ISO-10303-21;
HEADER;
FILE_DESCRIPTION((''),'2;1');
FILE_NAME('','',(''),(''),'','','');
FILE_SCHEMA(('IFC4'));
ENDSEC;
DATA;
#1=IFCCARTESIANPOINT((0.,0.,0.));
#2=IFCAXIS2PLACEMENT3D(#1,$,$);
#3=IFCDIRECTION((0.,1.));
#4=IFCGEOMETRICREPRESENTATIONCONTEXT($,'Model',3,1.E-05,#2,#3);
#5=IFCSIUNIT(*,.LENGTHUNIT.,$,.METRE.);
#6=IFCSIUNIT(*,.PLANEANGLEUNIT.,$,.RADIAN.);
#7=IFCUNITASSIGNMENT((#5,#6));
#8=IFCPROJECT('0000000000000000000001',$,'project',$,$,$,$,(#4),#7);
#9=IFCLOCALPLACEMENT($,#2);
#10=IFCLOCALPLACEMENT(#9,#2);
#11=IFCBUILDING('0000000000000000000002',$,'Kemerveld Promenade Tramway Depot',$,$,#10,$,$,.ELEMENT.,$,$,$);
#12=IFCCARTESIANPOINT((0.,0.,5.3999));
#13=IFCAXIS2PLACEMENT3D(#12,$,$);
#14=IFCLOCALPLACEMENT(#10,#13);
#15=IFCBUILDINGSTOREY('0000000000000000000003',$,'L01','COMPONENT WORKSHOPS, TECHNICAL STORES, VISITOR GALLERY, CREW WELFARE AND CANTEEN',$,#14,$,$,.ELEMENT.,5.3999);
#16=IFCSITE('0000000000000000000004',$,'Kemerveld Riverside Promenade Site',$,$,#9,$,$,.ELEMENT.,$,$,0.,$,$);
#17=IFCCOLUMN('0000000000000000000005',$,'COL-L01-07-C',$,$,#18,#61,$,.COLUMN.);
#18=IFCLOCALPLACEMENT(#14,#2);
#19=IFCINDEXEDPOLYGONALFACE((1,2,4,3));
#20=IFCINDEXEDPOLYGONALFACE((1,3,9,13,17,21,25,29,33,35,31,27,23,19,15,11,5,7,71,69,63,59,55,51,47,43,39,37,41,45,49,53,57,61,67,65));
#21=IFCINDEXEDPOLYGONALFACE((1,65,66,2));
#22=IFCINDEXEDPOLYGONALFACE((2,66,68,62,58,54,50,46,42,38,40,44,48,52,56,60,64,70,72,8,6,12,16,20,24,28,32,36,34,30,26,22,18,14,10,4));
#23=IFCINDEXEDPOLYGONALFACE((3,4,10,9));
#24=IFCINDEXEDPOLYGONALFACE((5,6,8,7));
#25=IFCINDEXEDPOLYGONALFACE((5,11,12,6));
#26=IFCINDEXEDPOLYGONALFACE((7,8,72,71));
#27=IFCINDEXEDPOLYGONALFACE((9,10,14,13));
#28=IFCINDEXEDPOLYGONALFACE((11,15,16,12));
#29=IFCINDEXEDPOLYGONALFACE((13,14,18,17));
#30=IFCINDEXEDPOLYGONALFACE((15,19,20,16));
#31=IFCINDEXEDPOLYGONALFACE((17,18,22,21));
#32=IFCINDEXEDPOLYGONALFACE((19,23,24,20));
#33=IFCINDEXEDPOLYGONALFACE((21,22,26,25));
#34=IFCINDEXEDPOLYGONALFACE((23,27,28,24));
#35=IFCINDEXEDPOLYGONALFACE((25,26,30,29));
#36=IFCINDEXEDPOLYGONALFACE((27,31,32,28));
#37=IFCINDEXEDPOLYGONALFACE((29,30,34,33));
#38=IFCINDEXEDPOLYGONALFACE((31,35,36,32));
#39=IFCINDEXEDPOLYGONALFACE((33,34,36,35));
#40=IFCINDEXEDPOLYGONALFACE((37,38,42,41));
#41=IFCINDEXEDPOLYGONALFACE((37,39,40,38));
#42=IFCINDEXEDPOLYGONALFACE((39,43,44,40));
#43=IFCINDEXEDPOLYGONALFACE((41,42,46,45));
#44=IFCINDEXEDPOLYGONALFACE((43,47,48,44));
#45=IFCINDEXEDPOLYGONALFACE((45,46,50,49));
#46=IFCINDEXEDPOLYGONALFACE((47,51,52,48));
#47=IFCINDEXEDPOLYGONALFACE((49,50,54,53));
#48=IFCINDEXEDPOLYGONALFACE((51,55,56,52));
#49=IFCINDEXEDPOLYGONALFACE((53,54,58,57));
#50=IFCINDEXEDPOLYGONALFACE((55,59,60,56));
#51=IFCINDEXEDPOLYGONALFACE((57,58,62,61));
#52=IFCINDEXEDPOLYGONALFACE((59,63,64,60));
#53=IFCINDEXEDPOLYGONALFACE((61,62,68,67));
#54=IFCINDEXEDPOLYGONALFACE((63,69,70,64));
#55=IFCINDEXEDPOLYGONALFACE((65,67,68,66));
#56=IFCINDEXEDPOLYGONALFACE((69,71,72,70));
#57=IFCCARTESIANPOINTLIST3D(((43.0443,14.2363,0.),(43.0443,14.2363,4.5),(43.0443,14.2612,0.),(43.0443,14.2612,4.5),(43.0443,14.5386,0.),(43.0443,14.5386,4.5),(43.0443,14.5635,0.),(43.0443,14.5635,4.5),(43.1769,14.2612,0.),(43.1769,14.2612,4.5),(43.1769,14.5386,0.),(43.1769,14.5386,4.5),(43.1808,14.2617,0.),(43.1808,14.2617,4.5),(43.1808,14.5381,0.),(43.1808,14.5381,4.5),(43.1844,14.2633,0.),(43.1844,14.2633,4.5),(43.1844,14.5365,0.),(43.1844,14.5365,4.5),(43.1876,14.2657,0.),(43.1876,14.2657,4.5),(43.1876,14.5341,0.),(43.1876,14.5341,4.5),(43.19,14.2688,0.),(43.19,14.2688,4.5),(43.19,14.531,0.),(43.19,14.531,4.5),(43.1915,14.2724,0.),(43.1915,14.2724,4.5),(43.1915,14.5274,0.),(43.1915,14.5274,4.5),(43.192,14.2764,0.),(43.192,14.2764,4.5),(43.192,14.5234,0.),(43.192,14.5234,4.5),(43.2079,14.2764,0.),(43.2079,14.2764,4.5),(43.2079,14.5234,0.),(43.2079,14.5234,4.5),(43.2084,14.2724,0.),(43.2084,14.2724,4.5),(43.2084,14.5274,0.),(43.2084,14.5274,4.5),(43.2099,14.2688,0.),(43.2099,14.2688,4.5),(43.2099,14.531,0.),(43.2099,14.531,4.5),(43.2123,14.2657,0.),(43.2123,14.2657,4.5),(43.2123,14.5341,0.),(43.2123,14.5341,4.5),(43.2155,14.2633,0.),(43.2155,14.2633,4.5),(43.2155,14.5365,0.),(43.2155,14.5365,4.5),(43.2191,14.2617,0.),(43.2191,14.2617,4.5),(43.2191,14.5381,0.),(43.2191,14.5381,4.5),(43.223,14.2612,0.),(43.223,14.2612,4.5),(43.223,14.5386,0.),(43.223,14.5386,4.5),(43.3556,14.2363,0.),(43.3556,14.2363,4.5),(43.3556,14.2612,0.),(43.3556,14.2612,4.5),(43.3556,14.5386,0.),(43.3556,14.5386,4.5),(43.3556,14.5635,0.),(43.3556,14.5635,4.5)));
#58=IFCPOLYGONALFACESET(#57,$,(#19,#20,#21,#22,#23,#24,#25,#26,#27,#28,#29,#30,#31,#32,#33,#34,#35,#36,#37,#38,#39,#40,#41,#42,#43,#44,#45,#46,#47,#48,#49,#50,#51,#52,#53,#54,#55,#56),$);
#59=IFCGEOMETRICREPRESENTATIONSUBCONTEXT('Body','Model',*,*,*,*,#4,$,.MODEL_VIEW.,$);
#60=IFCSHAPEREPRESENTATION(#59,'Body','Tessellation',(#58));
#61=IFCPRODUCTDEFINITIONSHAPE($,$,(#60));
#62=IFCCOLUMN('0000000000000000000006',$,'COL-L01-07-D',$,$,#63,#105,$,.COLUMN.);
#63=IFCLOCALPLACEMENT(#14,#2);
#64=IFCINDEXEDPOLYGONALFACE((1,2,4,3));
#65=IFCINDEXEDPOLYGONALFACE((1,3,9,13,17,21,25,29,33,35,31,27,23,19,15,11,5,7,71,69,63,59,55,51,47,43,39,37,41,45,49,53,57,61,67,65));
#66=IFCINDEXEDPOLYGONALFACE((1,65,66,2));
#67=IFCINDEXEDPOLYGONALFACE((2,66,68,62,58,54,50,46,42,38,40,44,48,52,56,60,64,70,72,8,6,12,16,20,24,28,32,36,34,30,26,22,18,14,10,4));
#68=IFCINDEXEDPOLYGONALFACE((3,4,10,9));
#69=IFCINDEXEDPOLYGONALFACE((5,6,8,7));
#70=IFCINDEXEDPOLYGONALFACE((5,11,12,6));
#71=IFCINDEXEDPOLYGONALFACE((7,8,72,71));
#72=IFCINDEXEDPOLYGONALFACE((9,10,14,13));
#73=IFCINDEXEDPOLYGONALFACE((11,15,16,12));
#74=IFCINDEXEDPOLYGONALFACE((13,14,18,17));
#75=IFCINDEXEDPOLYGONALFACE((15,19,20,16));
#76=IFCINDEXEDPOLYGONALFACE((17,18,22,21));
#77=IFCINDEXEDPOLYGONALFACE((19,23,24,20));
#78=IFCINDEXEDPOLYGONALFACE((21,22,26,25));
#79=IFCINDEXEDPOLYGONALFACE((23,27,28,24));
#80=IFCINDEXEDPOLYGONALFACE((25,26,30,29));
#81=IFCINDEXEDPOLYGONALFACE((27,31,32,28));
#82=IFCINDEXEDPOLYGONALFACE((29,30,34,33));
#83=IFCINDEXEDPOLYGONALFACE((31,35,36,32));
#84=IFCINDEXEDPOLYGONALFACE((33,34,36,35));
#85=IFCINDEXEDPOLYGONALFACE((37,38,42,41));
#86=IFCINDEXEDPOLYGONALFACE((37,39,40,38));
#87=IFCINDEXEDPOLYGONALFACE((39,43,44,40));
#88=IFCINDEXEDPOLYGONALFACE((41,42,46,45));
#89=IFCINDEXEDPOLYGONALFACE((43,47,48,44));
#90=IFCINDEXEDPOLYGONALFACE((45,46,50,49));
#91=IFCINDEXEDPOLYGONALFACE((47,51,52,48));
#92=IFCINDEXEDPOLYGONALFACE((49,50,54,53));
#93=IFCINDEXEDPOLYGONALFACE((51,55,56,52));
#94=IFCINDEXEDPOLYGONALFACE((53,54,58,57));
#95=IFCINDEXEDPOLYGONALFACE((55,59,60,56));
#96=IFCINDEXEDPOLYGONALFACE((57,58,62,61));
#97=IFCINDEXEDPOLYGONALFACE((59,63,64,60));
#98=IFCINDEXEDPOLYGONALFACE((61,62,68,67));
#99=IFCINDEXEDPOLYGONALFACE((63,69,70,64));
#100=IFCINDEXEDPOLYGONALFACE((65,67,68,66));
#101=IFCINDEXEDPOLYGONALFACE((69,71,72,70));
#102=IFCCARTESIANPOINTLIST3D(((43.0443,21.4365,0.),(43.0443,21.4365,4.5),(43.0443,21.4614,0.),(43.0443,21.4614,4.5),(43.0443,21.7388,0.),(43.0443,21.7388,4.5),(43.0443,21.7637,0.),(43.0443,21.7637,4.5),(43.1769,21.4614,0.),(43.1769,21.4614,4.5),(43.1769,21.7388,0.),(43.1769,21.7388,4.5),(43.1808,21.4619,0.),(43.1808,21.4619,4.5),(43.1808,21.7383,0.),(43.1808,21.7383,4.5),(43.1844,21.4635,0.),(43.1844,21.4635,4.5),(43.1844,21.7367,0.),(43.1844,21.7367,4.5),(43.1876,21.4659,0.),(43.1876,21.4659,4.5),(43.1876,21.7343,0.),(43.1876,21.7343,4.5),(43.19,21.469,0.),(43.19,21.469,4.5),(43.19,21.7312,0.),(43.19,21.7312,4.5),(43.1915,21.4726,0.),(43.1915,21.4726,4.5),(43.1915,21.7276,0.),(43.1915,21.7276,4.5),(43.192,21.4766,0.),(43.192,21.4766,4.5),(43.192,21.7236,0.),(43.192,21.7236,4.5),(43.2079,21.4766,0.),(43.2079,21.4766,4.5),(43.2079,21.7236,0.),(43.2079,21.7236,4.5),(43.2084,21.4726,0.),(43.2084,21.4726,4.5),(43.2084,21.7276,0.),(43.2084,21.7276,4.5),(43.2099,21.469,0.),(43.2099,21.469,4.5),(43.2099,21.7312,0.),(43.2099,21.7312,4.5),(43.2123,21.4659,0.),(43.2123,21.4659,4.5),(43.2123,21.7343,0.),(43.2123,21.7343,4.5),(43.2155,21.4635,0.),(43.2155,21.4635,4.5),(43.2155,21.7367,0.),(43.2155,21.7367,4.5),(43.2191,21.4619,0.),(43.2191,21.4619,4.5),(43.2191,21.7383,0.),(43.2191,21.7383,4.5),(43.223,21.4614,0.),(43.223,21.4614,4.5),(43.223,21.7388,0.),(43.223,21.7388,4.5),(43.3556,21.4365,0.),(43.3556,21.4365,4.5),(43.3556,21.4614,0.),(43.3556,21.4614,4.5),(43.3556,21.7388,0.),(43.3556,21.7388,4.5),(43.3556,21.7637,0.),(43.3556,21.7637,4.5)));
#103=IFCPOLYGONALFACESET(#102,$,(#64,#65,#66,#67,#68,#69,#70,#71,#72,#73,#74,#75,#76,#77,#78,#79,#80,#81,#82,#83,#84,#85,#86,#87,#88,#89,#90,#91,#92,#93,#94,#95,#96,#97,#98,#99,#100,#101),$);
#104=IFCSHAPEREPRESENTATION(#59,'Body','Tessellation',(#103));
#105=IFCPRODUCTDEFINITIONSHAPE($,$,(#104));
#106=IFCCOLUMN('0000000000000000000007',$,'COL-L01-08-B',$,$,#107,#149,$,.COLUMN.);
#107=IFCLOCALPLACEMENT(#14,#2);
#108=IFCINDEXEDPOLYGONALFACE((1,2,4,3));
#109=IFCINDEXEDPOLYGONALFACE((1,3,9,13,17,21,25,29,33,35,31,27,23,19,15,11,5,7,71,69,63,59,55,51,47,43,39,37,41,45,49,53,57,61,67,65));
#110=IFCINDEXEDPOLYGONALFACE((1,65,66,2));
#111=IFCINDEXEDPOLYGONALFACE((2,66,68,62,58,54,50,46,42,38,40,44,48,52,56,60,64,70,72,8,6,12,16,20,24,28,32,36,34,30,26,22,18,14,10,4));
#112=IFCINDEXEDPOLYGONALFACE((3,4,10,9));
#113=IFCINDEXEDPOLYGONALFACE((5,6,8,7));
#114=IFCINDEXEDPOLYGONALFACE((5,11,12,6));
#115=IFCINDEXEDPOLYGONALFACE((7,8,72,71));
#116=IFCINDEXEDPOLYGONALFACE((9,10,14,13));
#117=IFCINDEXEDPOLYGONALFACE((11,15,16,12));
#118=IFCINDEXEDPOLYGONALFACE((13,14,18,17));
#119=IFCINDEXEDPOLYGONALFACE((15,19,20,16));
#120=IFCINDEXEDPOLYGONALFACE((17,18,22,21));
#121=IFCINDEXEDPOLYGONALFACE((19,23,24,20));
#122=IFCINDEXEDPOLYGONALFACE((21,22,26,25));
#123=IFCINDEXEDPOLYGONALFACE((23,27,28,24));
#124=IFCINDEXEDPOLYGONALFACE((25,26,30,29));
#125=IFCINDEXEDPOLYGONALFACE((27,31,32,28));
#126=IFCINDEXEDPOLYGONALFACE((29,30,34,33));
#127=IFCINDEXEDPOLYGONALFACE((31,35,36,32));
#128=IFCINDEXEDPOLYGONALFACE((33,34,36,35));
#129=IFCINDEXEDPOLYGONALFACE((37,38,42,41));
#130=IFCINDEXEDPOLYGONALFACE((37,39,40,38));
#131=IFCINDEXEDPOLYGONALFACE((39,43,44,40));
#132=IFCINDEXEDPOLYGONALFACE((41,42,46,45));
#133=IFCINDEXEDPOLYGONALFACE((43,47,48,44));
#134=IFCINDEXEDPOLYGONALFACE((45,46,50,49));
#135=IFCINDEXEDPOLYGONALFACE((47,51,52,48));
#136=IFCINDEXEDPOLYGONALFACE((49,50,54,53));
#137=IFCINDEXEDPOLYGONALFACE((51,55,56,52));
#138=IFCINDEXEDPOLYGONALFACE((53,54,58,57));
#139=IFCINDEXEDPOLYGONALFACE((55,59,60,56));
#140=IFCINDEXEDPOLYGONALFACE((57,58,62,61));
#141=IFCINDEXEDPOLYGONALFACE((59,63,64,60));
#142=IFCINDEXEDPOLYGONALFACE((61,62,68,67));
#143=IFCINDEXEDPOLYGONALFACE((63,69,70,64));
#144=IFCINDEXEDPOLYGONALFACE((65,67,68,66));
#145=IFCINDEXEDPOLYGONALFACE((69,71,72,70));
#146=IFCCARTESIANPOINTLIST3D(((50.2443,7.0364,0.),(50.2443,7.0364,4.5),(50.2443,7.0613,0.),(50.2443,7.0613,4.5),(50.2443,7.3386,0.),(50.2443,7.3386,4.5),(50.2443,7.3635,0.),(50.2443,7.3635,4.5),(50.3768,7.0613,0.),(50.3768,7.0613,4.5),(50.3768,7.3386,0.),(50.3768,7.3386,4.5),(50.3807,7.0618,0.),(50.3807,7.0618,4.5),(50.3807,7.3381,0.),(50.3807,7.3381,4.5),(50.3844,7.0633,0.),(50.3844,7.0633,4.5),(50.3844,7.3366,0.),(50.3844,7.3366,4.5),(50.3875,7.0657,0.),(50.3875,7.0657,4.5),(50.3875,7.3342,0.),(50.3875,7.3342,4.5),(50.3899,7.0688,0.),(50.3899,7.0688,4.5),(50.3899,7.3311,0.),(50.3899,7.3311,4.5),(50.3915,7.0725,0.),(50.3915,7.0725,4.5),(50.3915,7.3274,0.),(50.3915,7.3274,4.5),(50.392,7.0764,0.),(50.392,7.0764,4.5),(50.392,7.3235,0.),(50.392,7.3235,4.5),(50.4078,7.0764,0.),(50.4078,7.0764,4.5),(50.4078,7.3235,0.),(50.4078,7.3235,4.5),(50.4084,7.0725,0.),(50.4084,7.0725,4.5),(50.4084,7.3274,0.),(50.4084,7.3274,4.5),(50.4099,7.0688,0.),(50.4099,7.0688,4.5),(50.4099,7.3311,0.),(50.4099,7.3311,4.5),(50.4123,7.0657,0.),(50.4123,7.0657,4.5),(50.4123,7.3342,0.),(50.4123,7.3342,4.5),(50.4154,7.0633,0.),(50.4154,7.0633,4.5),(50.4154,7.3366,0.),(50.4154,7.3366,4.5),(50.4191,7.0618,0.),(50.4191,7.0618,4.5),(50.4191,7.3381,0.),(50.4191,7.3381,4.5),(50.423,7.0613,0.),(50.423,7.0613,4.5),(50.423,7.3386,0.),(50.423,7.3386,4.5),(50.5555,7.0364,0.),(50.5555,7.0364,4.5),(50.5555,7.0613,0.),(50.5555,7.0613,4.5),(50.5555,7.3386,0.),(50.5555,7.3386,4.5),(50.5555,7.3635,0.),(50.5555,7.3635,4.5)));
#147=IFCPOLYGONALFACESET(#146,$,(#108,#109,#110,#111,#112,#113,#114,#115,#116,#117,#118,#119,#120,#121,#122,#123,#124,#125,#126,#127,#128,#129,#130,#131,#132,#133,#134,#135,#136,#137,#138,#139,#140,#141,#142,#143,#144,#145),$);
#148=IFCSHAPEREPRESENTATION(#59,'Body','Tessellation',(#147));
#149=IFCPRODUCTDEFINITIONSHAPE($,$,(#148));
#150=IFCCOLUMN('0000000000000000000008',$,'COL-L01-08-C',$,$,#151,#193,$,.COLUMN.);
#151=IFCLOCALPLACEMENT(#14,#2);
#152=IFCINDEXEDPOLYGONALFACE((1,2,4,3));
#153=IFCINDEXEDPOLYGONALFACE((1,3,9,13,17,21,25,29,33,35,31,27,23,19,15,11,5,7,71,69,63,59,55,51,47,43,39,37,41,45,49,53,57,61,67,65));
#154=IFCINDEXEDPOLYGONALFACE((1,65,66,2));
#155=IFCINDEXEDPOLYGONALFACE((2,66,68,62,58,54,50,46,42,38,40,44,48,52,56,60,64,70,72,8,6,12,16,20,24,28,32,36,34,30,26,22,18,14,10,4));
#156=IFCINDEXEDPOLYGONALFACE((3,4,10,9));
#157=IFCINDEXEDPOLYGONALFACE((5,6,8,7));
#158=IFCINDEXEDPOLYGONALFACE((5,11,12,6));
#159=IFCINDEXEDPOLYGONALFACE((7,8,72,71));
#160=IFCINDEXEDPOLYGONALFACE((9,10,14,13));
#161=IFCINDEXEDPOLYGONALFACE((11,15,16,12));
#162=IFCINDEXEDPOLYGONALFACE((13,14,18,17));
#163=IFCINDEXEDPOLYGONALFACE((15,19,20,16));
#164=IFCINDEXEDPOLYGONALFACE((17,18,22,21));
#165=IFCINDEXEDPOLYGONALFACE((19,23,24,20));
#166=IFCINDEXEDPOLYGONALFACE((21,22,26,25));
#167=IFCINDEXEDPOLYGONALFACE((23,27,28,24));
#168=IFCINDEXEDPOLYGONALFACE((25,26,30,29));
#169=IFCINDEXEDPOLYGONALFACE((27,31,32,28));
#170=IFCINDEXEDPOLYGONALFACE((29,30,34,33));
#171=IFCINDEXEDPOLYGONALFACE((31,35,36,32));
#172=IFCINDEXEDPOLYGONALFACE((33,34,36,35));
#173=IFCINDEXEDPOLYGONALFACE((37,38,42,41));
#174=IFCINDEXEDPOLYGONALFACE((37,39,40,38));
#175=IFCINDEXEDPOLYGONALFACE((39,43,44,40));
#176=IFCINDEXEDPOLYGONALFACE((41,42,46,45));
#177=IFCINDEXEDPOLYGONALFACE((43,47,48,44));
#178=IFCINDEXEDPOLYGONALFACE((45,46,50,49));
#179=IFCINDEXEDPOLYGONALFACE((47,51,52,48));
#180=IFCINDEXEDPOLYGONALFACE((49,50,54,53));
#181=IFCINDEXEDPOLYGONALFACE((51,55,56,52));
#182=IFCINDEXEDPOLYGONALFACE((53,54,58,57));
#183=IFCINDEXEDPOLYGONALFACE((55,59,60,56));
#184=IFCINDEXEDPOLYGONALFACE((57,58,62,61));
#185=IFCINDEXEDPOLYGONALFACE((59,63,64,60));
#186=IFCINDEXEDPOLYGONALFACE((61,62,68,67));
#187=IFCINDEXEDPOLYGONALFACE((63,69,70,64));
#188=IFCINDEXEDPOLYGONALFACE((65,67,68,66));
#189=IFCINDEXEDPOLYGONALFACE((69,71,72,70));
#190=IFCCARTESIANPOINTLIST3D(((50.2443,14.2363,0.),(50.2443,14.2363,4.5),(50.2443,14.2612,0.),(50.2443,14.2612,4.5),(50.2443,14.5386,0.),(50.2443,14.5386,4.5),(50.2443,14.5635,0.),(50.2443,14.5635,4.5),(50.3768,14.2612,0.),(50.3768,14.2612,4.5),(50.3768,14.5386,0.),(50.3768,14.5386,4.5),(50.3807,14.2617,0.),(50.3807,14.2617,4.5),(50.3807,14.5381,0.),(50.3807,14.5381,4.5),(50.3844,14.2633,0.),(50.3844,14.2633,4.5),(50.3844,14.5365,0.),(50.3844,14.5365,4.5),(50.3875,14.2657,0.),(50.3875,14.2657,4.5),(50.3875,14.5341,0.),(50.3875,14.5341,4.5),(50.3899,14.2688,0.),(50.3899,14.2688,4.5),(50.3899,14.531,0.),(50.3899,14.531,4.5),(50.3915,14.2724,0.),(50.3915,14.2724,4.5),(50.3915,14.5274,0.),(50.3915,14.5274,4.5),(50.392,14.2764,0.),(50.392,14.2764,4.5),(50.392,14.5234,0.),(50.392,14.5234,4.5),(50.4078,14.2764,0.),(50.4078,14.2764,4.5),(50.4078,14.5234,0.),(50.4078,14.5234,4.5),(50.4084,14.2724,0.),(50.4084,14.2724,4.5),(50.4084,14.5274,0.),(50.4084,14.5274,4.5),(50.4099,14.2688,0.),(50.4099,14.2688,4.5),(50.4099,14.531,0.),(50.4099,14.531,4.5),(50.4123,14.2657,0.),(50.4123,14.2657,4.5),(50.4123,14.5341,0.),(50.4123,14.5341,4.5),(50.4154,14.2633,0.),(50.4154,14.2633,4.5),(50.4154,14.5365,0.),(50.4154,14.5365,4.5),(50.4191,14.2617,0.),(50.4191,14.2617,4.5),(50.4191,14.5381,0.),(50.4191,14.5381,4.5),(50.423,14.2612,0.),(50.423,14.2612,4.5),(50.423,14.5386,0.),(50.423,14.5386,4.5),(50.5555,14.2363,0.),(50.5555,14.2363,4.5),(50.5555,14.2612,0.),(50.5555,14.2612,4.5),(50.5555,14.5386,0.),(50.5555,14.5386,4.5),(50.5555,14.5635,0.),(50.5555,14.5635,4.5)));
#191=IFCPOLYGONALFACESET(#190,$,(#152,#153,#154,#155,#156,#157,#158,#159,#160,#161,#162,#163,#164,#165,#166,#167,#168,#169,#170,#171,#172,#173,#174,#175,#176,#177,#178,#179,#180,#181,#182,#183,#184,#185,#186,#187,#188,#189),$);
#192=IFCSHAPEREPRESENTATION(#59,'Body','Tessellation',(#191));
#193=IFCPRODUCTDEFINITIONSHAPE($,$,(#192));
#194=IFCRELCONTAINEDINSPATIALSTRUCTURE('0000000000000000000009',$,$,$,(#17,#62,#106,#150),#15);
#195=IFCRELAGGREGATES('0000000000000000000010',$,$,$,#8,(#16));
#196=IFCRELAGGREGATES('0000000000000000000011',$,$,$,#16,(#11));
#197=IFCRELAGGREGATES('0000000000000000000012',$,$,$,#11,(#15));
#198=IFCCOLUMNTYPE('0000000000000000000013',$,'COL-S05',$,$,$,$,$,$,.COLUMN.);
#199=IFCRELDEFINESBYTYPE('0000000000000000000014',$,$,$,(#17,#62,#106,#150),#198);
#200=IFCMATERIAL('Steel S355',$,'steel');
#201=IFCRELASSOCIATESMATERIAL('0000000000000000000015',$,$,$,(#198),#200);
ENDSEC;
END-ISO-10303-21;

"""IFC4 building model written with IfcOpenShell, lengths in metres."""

from ifc_helpers import new_model, si_unit, direction, frame, origin, origin_2d, place, context, subcontext, project, spatial, i_section, extrude, material, material_profile, profile_set, type_object, element, save


model = new_model("IFC4")

# Units and contexts
model_context = context("Model", 3, precision=1e-05, world=origin(), true_north=direction((0.0, 1.0)))
body_context = subcontext(model_context, "Body", "Model", "MODEL_VIEW")
ifc_project = project(units=[si_unit("LENGTHUNIT", "METRE"), si_unit("PLANEANGLEUNIT", "RADIAN")], contexts=[model_context])

# Site, building, storey
site_placement = place(None, origin())
site = spatial("IfcSite", under=ifc_project, at=site_placement, Name="Kemerveld Riverside Promenade Site", CompositionType="ELEMENT", RefElevation=0.0)
building_placement = place(site_placement, origin())
building = spatial("IfcBuilding", under=site, at=building_placement, Name="Kemerveld Promenade Tramway Depot", CompositionType="ELEMENT")
storey_placement = place(building_placement, frame((0.0, 0.0, 5.3999)))
storey = spatial("IfcBuildingStorey", under=building, at=storey_placement, Name="L01", Description="COMPONENT WORKSHOPS, TECHNICAL STORES, VISITOR GALLERY, CREW WELFARE AND CANTEEN", CompositionType="ELEMENT", Elevation=5.3999)

# Columns
ifc_material = material(Name="Steel S355", Category="steel")
ifc_material_profile_1 = material_profile(ifc_material, i_section(OverallWidth=0.3113, OverallDepth=0.3271, WebThickness=0.0159, FlangeThickness=0.0249, FilletRadius=0.0151, at=origin_2d()), Name="305x305x158 UC")
ifc_profile_set_1 = profile_set([ifc_material_profile_1], Name="Steel S355")
column_type = type_object("IfcColumnType", Name="COL-S05", PredefinedType="COLUMN", material=ifc_profile_set_1)
for number, where, z_axis, x_axis, name in (
    (1, (43.2, 14.3999, 0.0), (0.0, 0.0, 1.0), (1.0, 0.0, 0.0), "COL-L01-07-C"),
    (2, (43.2, 21.6001, 0.0), (0.0, 0.0, 1.0), (1.0, 0.0, 0.0), "COL-L01-07-D"),
    (3, (50.3999, 7.2, 0.0), (0.0, 0.0, 1.0), (1.0, 0.0, 0.0), "COL-L01-08-B"),
    (4, (50.3999, 14.3999, 0.0), (0.0, 0.0, 1.0), (1.0, 0.0, 0.0), "COL-L01-08-C"),
):
    element("IfcColumn", number, at=place(storey_placement, frame(where, z_axis=z_axis, x_axis=x_axis)), inside=storey, type_object=column_type, Name=name, PredefinedType="COLUMN", context=body_context, shape_type="SweptSolid", body=[
        extrude(i_section(OverallWidth=0.3113, OverallDepth=0.3271, WebThickness=0.0159, FlangeThickness=0.0249, FilletRadius=0.0151, at=origin_2d()), origin(), (0.0, 0.0, 1.0), 4.5),
    ])

save(model, "model.ifc")
